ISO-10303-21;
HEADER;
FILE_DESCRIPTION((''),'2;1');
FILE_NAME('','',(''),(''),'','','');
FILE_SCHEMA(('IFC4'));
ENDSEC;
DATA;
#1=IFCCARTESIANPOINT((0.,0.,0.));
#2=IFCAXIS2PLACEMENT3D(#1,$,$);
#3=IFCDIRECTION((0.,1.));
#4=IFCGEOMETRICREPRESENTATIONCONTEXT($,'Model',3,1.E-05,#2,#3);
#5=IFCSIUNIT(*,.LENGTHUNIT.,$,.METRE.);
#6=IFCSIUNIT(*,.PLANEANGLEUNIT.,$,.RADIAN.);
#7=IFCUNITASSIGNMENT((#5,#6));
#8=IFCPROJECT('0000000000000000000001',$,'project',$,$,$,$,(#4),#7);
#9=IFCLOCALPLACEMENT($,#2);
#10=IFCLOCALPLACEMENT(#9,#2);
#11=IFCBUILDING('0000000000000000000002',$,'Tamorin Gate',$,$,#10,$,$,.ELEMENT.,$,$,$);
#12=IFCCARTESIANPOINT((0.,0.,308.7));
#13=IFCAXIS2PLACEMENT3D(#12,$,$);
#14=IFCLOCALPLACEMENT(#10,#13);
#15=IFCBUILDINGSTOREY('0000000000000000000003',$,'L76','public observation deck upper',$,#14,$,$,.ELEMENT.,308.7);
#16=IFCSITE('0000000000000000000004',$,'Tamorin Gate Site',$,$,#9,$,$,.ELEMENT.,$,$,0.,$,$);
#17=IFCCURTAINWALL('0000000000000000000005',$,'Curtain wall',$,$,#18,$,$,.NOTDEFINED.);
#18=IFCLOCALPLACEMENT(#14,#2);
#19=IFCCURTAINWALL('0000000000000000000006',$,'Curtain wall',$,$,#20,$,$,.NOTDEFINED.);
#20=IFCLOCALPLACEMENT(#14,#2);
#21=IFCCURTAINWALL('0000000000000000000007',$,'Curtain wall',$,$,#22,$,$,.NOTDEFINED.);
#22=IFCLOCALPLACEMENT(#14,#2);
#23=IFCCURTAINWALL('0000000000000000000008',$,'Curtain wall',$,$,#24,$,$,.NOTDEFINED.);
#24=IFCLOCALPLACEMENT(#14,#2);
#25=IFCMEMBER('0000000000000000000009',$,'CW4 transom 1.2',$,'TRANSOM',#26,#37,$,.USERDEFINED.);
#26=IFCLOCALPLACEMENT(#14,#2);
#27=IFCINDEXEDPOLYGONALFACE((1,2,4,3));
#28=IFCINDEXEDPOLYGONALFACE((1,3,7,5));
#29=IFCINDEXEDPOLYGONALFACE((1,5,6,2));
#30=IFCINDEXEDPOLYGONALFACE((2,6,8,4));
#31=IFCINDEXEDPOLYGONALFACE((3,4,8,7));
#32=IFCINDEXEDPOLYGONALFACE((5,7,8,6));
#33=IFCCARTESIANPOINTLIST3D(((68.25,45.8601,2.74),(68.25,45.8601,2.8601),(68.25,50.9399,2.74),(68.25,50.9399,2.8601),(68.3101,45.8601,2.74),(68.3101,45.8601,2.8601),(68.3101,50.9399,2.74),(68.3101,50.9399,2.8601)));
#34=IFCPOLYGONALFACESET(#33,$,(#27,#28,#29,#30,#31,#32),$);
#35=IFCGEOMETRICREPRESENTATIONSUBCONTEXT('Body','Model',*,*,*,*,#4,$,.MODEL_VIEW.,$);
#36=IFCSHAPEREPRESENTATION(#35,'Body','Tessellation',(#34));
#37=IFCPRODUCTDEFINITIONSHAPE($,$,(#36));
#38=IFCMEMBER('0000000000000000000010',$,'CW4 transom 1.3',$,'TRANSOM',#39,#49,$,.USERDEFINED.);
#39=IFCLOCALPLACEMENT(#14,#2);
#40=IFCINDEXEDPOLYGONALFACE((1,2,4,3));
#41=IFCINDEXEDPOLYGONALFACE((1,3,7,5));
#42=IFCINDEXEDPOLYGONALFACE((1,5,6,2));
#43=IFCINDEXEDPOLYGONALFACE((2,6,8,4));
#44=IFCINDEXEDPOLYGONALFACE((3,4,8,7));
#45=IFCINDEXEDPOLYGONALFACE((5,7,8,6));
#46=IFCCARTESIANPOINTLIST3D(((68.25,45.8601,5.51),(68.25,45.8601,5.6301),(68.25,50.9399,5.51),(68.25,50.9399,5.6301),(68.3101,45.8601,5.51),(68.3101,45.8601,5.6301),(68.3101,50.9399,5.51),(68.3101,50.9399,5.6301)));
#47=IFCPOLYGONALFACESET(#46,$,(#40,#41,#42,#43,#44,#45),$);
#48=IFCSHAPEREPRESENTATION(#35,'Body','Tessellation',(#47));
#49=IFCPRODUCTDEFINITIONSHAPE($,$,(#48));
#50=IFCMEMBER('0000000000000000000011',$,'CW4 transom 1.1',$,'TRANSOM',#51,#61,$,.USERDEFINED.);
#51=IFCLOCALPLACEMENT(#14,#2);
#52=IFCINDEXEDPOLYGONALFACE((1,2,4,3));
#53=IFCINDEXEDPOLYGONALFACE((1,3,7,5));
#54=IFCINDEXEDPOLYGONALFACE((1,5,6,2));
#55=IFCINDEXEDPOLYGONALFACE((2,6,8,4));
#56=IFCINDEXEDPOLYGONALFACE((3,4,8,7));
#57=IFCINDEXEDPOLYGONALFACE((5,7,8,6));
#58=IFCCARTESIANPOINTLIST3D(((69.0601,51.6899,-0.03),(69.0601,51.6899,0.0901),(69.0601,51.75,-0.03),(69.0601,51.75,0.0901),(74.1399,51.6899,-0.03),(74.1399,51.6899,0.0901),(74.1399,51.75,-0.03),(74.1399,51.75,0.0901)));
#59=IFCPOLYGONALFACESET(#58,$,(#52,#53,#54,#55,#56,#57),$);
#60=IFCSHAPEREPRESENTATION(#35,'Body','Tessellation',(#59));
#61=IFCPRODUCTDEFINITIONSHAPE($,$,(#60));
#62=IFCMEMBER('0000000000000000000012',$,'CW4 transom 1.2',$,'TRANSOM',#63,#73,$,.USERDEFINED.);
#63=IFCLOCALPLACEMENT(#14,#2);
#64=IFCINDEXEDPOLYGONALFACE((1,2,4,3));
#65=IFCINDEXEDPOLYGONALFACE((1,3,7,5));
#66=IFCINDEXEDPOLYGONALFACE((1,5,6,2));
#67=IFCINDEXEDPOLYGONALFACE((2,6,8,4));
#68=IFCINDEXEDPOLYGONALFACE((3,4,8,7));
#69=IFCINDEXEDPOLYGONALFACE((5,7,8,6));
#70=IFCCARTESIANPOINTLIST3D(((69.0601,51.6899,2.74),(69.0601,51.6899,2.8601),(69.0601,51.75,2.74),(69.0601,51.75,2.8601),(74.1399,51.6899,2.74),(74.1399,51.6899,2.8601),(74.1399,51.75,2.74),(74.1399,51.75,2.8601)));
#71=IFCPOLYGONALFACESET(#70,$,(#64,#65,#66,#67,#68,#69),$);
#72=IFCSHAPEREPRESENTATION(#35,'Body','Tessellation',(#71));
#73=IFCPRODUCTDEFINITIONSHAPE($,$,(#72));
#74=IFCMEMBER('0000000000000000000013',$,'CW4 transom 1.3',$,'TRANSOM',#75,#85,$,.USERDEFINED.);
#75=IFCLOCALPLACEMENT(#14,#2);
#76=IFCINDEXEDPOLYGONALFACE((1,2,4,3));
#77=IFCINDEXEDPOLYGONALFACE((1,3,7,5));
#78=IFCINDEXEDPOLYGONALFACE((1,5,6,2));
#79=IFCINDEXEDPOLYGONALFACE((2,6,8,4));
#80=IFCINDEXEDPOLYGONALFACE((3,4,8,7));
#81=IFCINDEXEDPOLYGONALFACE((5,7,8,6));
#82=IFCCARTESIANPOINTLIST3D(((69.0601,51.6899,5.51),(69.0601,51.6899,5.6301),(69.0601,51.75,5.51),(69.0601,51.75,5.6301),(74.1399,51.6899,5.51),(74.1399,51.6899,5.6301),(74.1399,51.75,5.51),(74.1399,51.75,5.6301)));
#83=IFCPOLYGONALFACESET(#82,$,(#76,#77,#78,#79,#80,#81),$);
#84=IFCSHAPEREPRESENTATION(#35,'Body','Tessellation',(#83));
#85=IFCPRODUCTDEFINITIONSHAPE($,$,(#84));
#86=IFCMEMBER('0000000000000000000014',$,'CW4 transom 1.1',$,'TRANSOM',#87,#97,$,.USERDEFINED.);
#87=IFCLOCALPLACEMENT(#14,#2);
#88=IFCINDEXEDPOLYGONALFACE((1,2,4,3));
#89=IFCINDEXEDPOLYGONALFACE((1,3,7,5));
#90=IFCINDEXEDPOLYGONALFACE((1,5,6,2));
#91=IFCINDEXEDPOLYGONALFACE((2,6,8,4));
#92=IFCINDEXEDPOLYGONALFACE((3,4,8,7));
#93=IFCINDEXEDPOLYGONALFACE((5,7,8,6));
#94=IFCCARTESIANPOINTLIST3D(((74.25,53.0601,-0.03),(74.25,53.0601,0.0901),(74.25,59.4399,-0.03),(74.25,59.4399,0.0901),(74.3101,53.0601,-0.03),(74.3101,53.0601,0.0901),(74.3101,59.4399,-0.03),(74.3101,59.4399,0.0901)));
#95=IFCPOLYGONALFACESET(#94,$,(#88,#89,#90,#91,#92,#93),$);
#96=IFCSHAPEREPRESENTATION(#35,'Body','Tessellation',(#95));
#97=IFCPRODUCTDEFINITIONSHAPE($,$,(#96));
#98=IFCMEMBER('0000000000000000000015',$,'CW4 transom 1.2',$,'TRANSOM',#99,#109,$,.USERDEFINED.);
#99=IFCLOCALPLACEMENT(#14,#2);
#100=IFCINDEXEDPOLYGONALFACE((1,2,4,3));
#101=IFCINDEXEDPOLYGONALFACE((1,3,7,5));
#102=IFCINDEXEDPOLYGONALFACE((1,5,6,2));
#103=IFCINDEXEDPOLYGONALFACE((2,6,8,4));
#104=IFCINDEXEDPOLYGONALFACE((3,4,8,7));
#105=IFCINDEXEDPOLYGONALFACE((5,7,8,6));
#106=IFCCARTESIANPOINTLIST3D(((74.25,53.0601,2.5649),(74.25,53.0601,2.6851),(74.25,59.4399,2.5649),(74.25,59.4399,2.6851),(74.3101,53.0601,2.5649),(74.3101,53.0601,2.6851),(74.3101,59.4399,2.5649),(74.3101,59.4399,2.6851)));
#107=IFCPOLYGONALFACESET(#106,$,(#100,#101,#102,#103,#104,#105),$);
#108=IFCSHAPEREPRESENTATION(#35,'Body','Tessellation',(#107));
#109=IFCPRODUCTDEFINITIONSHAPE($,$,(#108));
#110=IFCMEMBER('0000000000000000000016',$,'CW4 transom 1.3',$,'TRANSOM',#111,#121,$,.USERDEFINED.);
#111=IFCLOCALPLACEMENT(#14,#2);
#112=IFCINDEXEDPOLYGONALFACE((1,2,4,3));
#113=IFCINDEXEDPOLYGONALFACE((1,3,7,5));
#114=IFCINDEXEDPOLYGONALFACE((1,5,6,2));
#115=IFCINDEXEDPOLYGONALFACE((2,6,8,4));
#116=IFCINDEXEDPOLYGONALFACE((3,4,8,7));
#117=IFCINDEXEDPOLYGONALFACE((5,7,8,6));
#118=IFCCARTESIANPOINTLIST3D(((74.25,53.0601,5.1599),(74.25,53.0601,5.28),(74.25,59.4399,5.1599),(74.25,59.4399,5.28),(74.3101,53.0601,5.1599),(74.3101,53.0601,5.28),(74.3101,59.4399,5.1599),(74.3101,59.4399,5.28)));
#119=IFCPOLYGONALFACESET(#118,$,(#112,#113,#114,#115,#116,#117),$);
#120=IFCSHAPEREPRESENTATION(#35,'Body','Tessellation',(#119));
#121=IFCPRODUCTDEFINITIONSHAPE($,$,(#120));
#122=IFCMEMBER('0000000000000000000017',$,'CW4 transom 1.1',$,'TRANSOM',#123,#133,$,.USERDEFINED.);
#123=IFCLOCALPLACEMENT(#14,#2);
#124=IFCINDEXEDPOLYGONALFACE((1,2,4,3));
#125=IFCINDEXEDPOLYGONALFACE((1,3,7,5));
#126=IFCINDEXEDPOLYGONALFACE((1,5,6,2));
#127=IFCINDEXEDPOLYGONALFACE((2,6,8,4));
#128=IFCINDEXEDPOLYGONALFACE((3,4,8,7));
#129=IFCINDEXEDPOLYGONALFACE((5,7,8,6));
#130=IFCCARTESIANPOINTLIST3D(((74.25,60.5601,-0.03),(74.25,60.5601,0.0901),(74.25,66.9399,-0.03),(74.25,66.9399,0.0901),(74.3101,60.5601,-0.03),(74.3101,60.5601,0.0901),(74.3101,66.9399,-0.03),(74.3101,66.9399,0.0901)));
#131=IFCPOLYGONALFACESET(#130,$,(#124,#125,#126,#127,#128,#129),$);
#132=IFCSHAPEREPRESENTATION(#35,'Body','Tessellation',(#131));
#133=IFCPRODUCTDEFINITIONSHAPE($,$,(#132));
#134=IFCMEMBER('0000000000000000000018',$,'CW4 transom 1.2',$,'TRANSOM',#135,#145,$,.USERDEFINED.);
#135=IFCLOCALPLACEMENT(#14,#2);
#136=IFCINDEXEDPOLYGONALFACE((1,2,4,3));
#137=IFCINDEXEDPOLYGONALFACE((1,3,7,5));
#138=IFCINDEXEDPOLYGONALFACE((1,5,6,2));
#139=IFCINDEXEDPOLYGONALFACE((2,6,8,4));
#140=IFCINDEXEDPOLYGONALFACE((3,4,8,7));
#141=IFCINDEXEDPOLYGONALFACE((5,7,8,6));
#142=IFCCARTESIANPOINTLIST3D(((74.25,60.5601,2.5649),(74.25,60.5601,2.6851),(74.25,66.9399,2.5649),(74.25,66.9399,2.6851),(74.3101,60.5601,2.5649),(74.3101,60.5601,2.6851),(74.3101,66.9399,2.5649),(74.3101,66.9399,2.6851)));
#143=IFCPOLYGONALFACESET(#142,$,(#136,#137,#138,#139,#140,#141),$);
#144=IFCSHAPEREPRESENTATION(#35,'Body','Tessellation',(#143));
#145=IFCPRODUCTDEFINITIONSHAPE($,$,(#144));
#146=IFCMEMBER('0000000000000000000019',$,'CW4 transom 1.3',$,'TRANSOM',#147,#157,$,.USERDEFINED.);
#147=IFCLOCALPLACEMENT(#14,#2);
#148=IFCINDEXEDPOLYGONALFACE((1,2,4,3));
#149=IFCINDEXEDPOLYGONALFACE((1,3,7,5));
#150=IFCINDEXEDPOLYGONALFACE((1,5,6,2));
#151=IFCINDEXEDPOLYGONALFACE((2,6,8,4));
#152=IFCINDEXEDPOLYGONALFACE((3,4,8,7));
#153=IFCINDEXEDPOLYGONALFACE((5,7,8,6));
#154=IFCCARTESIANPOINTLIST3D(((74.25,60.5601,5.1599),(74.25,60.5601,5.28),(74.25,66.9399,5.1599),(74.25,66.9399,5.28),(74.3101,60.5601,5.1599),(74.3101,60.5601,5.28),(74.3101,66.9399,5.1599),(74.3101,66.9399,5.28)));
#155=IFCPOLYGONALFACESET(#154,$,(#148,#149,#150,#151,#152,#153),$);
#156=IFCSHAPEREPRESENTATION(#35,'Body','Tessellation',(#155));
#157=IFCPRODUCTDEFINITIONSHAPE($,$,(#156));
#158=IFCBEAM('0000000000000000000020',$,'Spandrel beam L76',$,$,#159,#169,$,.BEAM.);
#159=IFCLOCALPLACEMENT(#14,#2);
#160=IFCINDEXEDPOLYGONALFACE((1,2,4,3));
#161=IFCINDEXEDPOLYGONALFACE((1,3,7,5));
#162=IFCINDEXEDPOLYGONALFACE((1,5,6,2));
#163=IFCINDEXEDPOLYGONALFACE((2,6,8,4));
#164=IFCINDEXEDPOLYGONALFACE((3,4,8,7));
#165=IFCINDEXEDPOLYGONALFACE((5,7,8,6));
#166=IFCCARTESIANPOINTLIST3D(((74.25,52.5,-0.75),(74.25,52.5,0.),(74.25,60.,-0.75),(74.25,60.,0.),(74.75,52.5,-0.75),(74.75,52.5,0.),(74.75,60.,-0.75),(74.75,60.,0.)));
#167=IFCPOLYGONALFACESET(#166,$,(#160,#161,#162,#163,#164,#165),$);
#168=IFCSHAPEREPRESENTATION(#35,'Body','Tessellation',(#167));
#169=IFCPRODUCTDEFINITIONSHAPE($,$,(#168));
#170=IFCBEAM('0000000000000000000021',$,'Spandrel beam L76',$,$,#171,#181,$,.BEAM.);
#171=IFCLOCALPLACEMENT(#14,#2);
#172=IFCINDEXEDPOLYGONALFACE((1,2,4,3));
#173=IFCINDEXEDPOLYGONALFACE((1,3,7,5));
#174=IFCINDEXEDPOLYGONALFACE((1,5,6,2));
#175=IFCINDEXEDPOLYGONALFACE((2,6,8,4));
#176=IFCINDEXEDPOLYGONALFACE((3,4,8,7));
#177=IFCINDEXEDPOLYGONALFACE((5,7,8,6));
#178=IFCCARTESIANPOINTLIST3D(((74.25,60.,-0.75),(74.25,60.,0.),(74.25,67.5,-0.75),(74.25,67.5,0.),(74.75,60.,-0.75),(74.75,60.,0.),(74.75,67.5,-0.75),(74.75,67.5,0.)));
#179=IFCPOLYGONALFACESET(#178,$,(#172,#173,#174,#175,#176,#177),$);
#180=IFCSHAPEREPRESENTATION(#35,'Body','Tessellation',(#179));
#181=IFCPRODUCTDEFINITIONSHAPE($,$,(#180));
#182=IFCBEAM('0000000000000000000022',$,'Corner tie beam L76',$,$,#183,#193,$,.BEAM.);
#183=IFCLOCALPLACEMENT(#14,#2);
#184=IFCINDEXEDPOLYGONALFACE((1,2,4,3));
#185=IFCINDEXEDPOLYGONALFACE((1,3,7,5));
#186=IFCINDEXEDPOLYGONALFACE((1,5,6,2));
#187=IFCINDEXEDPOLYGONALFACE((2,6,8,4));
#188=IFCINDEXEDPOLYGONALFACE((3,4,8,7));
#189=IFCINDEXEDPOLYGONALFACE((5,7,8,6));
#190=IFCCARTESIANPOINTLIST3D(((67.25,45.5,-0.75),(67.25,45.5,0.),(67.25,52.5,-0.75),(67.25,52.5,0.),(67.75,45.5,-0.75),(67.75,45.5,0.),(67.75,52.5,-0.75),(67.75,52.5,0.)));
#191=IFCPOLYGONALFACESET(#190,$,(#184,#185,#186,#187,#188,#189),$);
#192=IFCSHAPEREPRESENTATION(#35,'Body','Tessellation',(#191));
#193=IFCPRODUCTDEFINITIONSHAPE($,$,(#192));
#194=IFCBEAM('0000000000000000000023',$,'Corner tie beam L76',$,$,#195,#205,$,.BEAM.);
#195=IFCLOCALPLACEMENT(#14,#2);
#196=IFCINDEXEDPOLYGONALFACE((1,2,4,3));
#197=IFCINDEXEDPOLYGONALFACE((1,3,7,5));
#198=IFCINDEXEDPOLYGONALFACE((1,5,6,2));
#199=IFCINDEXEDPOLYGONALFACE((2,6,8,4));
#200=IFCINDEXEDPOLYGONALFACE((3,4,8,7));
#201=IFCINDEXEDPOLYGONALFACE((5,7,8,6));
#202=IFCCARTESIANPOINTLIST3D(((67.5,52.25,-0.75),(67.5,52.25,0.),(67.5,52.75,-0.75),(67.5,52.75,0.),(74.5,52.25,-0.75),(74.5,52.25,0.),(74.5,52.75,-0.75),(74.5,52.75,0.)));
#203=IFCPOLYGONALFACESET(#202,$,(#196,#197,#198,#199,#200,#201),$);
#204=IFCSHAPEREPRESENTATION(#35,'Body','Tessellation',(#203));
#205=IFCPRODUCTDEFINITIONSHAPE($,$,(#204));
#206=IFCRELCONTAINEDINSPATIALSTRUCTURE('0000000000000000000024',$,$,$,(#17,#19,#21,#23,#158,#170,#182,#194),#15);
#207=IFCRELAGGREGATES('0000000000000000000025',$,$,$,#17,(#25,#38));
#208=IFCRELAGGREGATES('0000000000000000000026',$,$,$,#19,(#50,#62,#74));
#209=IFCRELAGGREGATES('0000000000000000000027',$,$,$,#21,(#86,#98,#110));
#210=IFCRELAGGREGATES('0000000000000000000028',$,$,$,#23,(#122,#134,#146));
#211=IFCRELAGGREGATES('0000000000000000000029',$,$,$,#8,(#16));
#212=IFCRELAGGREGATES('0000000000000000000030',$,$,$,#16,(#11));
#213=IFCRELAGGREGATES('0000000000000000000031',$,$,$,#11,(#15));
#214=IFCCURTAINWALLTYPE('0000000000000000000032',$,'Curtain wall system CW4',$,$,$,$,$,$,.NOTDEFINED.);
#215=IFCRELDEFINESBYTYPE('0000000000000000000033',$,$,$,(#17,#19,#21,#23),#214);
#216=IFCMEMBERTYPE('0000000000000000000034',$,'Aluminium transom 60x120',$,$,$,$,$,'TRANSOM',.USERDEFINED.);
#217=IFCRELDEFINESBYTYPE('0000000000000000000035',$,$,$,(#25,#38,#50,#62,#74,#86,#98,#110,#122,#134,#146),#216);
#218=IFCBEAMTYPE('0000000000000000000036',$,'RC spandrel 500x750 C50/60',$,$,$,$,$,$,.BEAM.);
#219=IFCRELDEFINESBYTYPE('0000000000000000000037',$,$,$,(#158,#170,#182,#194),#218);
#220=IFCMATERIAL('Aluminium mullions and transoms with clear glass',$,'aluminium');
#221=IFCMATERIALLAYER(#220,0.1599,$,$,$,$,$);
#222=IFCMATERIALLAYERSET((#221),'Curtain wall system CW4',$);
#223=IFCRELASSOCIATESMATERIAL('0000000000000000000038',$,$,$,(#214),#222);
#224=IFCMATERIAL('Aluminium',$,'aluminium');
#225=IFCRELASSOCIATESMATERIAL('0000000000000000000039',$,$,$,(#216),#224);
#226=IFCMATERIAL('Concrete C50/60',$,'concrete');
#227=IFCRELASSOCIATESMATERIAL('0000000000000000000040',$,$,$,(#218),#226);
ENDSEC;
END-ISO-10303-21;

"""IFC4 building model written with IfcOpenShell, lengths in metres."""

from ifc_helpers import new_model, si_unit, direction, frame, origin, origin_2d, place, context, subcontext, project, spatial, rectangle, extrude, material, layer, layer_set, material_profile, profile_set, type_object, element, aggregate, save


model = new_model("IFC4")

# Units and contexts
model_context = context("Model", 3, precision=1e-05, world=origin(), true_north=direction((0.0, 1.0)))
body_context = subcontext(model_context, "Body", "Model", "MODEL_VIEW")
ifc_project = project(units=[si_unit("LENGTHUNIT", "METRE"), si_unit("PLANEANGLEUNIT", "RADIAN")], contexts=[model_context])

# Site, building, storey
site_placement = place(None, origin())
site = spatial("IfcSite", under=ifc_project, at=site_placement, Name="Tamorin Gate Site", CompositionType="ELEMENT", RefElevation=0.0)
building_placement = place(site_placement, origin())
building = spatial("IfcBuilding", under=site, at=building_placement, Name="Tamorin Gate", CompositionType="ELEMENT")
storey_placement = place(building_placement, frame((0.0, 0.0, 308.7)))
storey = spatial("IfcBuildingStorey", under=building, at=storey_placement, Name="L76", Description="public observation deck upper", CompositionType="ELEMENT", Elevation=308.7)

# Shared definitions
ifc_material_1 = material(Name="Concrete C50/60", Category="concrete")

# Curtain walls
ifc_material_2 = material(Name="Aluminium mullions and transoms with clear glass", Category="aluminium")
ifc_layer_1 = layer(ifc_material_2, 0.1599)
ifc_layer_set_1 = layer_set([ifc_layer_1], Name="Curtain wall system CW4")
curtain_wall_type = type_object("IfcCurtainWallType", Name="Curtain wall system CW4", PredefinedType="NOTDEFINED", material=ifc_layer_set_1)
curtain_wall_1_placement = place(storey_placement, origin())
curtain_wall_1 = element("IfcCurtainWall", 1, at=curtain_wall_1_placement, inside=storey, type_object=curtain_wall_type, Name="Curtain wall", PredefinedType="NOTDEFINED")
ifc_material_3 = material(Name="Aluminium", Category="aluminium")
curtain_wall_2_placement = place(storey_placement, origin())
curtain_wall_2 = element("IfcCurtainWall", 2, at=curtain_wall_2_placement, inside=storey, type_object=curtain_wall_type, Name="Curtain wall", PredefinedType="NOTDEFINED")
curtain_wall_3_placement = place(storey_placement, origin())
curtain_wall_3 = element("IfcCurtainWall", 3, at=curtain_wall_3_placement, inside=storey, type_object=curtain_wall_type, Name="Curtain wall", PredefinedType="NOTDEFINED")
curtain_wall_4_placement = place(storey_placement, origin())
curtain_wall_4 = element("IfcCurtainWall", 4, at=curtain_wall_4_placement, inside=storey, type_object=curtain_wall_type, Name="Curtain wall", PredefinedType="NOTDEFINED")

# Members
ifc_material_profile_1 = material_profile(ifc_material_3, rectangle(XDim=0.0601, YDim=0.1201, at=origin_2d()), Name="RECT 60x120")
ifc_profile_set_1 = profile_set([ifc_material_profile_1], Name="Aluminium")
member_type_1 = type_object("IfcMemberType", Name="Aluminium transom 60x120", ElementType="TRANSOM", PredefinedType="USERDEFINED", material=ifc_profile_set_1)
member_1_placement = place(storey_placement, frame((68.28, 45.8601, 2.8), z_axis=(0.0, 1.0, 0.0), x_axis=(-1.0, 0.0, 0.0)))
member_1 = element("IfcMember", 5, at=member_1_placement, type_object=member_type_1, Name="CW4 transom 1.2", ObjectType="TRANSOM", PredefinedType="USERDEFINED", context=body_context, shape_type="SweptSolid", body=[
    extrude(rectangle(XDim=0.0601, YDim=0.1201, at=origin_2d()), origin(), (0.0, 0.0, 1.0), 5.0798),
])
member_2_placement = place(storey_placement, frame((68.28, 45.8601, 5.5701), z_axis=(0.0, 1.0, 0.0), x_axis=(-1.0, 0.0, 0.0)))
member_2 = element("IfcMember", 6, at=member_2_placement, type_object=member_type_1, Name="CW4 transom 1.3", ObjectType="TRANSOM", PredefinedType="USERDEFINED", context=body_context, shape_type="SweptSolid", body=[
    extrude(rectangle(XDim=0.0601, YDim=0.1201, at=origin_2d()), origin(), (0.0, 0.0, 1.0), 5.0798),
])
member_3_placement = place(storey_placement, frame((69.0601, 51.72, 0.03), z_axis=(1.0, 0.0, 0.0), x_axis=(0.0, 1.0, 0.0)))
member_3 = element("IfcMember", 7, at=member_3_placement, type_object=member_type_1, Name="CW4 transom 1.1", ObjectType="TRANSOM", PredefinedType="USERDEFINED", context=body_context, shape_type="SweptSolid", body=[
    extrude(rectangle(XDim=0.0601, YDim=0.1201, at=origin_2d()), origin(), (0.0, 0.0, 1.0), 5.0798),
])
member_4_placement = place(storey_placement, frame((69.0601, 51.72, 2.8), z_axis=(1.0, 0.0, 0.0), x_axis=(0.0, 1.0, 0.0)))
member_4 = element("IfcMember", 8, at=member_4_placement, type_object=member_type_1, Name="CW4 transom 1.2", ObjectType="TRANSOM", PredefinedType="USERDEFINED", context=body_context, shape_type="SweptSolid", body=[
    extrude(rectangle(XDim=0.0601, YDim=0.1201, at=origin_2d()), origin(), (0.0, 0.0, 1.0), 5.0798),
])
member_5_placement = place(storey_placement, frame((69.0601, 51.72, 5.5701), z_axis=(1.0, 0.0, 0.0), x_axis=(0.0, 1.0, 0.0)))
member_5 = element("IfcMember", 9, at=member_5_placement, type_object=member_type_1, Name="CW4 transom 1.3", ObjectType="TRANSOM", PredefinedType="USERDEFINED", context=body_context, shape_type="SweptSolid", body=[
    extrude(rectangle(XDim=0.0601, YDim=0.1201, at=origin_2d()), origin(), (0.0, 0.0, 1.0), 5.0798),
])
member_6_placement = place(storey_placement, frame((74.28, 53.0601, 0.03), z_axis=(0.0, 1.0, 0.0), x_axis=(-1.0, 0.0, 0.0)))
member_6 = element("IfcMember", 10, at=member_6_placement, type_object=member_type_1, Name="CW4 transom 1.1", ObjectType="TRANSOM", PredefinedType="USERDEFINED", context=body_context, shape_type="SweptSolid", body=[
    extrude(rectangle(XDim=0.0601, YDim=0.1201, at=origin_2d()), origin(), (0.0, 0.0, 1.0), 6.3799),
])
member_7_placement = place(storey_placement, frame((74.28, 53.0601, 2.625), z_axis=(0.0, 1.0, 0.0), x_axis=(-1.0, 0.0, 0.0)))
member_7 = element("IfcMember", 11, at=member_7_placement, type_object=member_type_1, Name="CW4 transom 1.2", ObjectType="TRANSOM", PredefinedType="USERDEFINED", context=body_context, shape_type="SweptSolid", body=[
    extrude(rectangle(XDim=0.0601, YDim=0.1201, at=origin_2d()), origin(), (0.0, 0.0, 1.0), 6.3799),
])
member_8_placement = place(storey_placement, frame((74.28, 53.0601, 5.22), z_axis=(0.0, 1.0, 0.0), x_axis=(-1.0, 0.0, 0.0)))
member_8 = element("IfcMember", 12, at=member_8_placement, type_object=member_type_1, Name="CW4 transom 1.3", ObjectType="TRANSOM", PredefinedType="USERDEFINED", context=body_context, shape_type="SweptSolid", body=[
    extrude(rectangle(XDim=0.0601, YDim=0.1201, at=origin_2d()), origin(), (0.0, 0.0, 1.0), 6.3799),
])
member_9_placement = place(storey_placement, frame((74.28, 60.5601, 0.03), z_axis=(0.0, 1.0, 0.0), x_axis=(-1.0, 0.0, 0.0)))
member_9 = element("IfcMember", 13, at=member_9_placement, type_object=member_type_1, Name="CW4 transom 1.1", ObjectType="TRANSOM", PredefinedType="USERDEFINED", context=body_context, shape_type="SweptSolid", body=[
    extrude(rectangle(XDim=0.0601, YDim=0.1201, at=origin_2d()), origin(), (0.0, 0.0, 1.0), 6.3799),
])
member_10_placement = place(storey_placement, frame((74.28, 60.5601, 2.625), z_axis=(0.0, 1.0, 0.0), x_axis=(-1.0, 0.0, 0.0)))
member_10 = element("IfcMember", 14, at=member_10_placement, type_object=member_type_1, Name="CW4 transom 1.2", ObjectType="TRANSOM", PredefinedType="USERDEFINED", context=body_context, shape_type="SweptSolid", body=[
    extrude(rectangle(XDim=0.0601, YDim=0.1201, at=origin_2d()), origin(), (0.0, 0.0, 1.0), 6.3799),
])
member_11_placement = place(storey_placement, frame((74.28, 60.5601, 5.22), z_axis=(0.0, 1.0, 0.0), x_axis=(-1.0, 0.0, 0.0)))
member_11 = element("IfcMember", 15, at=member_11_placement, type_object=member_type_1, Name="CW4 transom 1.3", ObjectType="TRANSOM", PredefinedType="USERDEFINED", context=body_context, shape_type="SweptSolid", body=[
    extrude(rectangle(XDim=0.0601, YDim=0.1201, at=origin_2d()), origin(), (0.0, 0.0, 1.0), 6.3799),
])

# Beams
ifc_material_profile_2 = material_profile(ifc_material_1, rectangle(XDim=0.5, YDim=0.75, at=origin_2d()), Name="RC 500x750")
ifc_profile_set_2 = profile_set([ifc_material_profile_2], Name="Concrete C50/60")
beam_type = type_object("IfcBeamType", Name="RC spandrel 500x750 C50/60", PredefinedType="BEAM", material=ifc_profile_set_2)
for number, where, z_axis, x_axis, name in (
    (16, (74.5, 52.5, -0.375), (0.0, 1.0, 0.0), (-1.0, 0.0, 0.0), "Spandrel beam L76"),
    (17, (74.5, 60.0, -0.375), (0.0, 1.0, 0.0), (-1.0, 0.0, 0.0), "Spandrel beam L76"),
):
    element("IfcBeam", number, at=place(storey_placement, frame(where, z_axis=z_axis, x_axis=x_axis)), inside=storey, type_object=beam_type, Name=name, PredefinedType="BEAM", context=body_context, shape_type="SweptSolid", body=[
        extrude(rectangle(XDim=0.5, YDim=0.75, at=origin_2d()), origin(), (0.0, 0.0, 1.0), 7.5),
    ])
for number, where, z_axis, x_axis, name in (
    (18, (67.5, 52.5, -0.375), (0.0, -1.0, 0.0), (1.0, 0.0, 0.0), "Corner tie beam L76"),
    (19, (67.5, 52.5, -0.375), (1.0, 0.0, 0.0), (0.0, 1.0, 0.0), "Corner tie beam L76"),
):
    element("IfcBeam", number, at=place(storey_placement, frame(where, z_axis=z_axis, x_axis=x_axis)), inside=storey, type_object=beam_type, Name=name, PredefinedType="BEAM", context=body_context, shape_type="SweptSolid", body=[
        extrude(rectangle(XDim=0.5, YDim=0.75, at=origin_2d()), origin(), (0.0, 0.0, 1.0), 7.0),
    ])

aggregate(curtain_wall_1, [member_1, member_2])
aggregate(curtain_wall_2, [member_3, member_4, member_5])
aggregate(curtain_wall_3, [member_6, member_7, member_8])
aggregate(curtain_wall_4, [member_9, member_10, member_11])

save(model, "model.ifc")
